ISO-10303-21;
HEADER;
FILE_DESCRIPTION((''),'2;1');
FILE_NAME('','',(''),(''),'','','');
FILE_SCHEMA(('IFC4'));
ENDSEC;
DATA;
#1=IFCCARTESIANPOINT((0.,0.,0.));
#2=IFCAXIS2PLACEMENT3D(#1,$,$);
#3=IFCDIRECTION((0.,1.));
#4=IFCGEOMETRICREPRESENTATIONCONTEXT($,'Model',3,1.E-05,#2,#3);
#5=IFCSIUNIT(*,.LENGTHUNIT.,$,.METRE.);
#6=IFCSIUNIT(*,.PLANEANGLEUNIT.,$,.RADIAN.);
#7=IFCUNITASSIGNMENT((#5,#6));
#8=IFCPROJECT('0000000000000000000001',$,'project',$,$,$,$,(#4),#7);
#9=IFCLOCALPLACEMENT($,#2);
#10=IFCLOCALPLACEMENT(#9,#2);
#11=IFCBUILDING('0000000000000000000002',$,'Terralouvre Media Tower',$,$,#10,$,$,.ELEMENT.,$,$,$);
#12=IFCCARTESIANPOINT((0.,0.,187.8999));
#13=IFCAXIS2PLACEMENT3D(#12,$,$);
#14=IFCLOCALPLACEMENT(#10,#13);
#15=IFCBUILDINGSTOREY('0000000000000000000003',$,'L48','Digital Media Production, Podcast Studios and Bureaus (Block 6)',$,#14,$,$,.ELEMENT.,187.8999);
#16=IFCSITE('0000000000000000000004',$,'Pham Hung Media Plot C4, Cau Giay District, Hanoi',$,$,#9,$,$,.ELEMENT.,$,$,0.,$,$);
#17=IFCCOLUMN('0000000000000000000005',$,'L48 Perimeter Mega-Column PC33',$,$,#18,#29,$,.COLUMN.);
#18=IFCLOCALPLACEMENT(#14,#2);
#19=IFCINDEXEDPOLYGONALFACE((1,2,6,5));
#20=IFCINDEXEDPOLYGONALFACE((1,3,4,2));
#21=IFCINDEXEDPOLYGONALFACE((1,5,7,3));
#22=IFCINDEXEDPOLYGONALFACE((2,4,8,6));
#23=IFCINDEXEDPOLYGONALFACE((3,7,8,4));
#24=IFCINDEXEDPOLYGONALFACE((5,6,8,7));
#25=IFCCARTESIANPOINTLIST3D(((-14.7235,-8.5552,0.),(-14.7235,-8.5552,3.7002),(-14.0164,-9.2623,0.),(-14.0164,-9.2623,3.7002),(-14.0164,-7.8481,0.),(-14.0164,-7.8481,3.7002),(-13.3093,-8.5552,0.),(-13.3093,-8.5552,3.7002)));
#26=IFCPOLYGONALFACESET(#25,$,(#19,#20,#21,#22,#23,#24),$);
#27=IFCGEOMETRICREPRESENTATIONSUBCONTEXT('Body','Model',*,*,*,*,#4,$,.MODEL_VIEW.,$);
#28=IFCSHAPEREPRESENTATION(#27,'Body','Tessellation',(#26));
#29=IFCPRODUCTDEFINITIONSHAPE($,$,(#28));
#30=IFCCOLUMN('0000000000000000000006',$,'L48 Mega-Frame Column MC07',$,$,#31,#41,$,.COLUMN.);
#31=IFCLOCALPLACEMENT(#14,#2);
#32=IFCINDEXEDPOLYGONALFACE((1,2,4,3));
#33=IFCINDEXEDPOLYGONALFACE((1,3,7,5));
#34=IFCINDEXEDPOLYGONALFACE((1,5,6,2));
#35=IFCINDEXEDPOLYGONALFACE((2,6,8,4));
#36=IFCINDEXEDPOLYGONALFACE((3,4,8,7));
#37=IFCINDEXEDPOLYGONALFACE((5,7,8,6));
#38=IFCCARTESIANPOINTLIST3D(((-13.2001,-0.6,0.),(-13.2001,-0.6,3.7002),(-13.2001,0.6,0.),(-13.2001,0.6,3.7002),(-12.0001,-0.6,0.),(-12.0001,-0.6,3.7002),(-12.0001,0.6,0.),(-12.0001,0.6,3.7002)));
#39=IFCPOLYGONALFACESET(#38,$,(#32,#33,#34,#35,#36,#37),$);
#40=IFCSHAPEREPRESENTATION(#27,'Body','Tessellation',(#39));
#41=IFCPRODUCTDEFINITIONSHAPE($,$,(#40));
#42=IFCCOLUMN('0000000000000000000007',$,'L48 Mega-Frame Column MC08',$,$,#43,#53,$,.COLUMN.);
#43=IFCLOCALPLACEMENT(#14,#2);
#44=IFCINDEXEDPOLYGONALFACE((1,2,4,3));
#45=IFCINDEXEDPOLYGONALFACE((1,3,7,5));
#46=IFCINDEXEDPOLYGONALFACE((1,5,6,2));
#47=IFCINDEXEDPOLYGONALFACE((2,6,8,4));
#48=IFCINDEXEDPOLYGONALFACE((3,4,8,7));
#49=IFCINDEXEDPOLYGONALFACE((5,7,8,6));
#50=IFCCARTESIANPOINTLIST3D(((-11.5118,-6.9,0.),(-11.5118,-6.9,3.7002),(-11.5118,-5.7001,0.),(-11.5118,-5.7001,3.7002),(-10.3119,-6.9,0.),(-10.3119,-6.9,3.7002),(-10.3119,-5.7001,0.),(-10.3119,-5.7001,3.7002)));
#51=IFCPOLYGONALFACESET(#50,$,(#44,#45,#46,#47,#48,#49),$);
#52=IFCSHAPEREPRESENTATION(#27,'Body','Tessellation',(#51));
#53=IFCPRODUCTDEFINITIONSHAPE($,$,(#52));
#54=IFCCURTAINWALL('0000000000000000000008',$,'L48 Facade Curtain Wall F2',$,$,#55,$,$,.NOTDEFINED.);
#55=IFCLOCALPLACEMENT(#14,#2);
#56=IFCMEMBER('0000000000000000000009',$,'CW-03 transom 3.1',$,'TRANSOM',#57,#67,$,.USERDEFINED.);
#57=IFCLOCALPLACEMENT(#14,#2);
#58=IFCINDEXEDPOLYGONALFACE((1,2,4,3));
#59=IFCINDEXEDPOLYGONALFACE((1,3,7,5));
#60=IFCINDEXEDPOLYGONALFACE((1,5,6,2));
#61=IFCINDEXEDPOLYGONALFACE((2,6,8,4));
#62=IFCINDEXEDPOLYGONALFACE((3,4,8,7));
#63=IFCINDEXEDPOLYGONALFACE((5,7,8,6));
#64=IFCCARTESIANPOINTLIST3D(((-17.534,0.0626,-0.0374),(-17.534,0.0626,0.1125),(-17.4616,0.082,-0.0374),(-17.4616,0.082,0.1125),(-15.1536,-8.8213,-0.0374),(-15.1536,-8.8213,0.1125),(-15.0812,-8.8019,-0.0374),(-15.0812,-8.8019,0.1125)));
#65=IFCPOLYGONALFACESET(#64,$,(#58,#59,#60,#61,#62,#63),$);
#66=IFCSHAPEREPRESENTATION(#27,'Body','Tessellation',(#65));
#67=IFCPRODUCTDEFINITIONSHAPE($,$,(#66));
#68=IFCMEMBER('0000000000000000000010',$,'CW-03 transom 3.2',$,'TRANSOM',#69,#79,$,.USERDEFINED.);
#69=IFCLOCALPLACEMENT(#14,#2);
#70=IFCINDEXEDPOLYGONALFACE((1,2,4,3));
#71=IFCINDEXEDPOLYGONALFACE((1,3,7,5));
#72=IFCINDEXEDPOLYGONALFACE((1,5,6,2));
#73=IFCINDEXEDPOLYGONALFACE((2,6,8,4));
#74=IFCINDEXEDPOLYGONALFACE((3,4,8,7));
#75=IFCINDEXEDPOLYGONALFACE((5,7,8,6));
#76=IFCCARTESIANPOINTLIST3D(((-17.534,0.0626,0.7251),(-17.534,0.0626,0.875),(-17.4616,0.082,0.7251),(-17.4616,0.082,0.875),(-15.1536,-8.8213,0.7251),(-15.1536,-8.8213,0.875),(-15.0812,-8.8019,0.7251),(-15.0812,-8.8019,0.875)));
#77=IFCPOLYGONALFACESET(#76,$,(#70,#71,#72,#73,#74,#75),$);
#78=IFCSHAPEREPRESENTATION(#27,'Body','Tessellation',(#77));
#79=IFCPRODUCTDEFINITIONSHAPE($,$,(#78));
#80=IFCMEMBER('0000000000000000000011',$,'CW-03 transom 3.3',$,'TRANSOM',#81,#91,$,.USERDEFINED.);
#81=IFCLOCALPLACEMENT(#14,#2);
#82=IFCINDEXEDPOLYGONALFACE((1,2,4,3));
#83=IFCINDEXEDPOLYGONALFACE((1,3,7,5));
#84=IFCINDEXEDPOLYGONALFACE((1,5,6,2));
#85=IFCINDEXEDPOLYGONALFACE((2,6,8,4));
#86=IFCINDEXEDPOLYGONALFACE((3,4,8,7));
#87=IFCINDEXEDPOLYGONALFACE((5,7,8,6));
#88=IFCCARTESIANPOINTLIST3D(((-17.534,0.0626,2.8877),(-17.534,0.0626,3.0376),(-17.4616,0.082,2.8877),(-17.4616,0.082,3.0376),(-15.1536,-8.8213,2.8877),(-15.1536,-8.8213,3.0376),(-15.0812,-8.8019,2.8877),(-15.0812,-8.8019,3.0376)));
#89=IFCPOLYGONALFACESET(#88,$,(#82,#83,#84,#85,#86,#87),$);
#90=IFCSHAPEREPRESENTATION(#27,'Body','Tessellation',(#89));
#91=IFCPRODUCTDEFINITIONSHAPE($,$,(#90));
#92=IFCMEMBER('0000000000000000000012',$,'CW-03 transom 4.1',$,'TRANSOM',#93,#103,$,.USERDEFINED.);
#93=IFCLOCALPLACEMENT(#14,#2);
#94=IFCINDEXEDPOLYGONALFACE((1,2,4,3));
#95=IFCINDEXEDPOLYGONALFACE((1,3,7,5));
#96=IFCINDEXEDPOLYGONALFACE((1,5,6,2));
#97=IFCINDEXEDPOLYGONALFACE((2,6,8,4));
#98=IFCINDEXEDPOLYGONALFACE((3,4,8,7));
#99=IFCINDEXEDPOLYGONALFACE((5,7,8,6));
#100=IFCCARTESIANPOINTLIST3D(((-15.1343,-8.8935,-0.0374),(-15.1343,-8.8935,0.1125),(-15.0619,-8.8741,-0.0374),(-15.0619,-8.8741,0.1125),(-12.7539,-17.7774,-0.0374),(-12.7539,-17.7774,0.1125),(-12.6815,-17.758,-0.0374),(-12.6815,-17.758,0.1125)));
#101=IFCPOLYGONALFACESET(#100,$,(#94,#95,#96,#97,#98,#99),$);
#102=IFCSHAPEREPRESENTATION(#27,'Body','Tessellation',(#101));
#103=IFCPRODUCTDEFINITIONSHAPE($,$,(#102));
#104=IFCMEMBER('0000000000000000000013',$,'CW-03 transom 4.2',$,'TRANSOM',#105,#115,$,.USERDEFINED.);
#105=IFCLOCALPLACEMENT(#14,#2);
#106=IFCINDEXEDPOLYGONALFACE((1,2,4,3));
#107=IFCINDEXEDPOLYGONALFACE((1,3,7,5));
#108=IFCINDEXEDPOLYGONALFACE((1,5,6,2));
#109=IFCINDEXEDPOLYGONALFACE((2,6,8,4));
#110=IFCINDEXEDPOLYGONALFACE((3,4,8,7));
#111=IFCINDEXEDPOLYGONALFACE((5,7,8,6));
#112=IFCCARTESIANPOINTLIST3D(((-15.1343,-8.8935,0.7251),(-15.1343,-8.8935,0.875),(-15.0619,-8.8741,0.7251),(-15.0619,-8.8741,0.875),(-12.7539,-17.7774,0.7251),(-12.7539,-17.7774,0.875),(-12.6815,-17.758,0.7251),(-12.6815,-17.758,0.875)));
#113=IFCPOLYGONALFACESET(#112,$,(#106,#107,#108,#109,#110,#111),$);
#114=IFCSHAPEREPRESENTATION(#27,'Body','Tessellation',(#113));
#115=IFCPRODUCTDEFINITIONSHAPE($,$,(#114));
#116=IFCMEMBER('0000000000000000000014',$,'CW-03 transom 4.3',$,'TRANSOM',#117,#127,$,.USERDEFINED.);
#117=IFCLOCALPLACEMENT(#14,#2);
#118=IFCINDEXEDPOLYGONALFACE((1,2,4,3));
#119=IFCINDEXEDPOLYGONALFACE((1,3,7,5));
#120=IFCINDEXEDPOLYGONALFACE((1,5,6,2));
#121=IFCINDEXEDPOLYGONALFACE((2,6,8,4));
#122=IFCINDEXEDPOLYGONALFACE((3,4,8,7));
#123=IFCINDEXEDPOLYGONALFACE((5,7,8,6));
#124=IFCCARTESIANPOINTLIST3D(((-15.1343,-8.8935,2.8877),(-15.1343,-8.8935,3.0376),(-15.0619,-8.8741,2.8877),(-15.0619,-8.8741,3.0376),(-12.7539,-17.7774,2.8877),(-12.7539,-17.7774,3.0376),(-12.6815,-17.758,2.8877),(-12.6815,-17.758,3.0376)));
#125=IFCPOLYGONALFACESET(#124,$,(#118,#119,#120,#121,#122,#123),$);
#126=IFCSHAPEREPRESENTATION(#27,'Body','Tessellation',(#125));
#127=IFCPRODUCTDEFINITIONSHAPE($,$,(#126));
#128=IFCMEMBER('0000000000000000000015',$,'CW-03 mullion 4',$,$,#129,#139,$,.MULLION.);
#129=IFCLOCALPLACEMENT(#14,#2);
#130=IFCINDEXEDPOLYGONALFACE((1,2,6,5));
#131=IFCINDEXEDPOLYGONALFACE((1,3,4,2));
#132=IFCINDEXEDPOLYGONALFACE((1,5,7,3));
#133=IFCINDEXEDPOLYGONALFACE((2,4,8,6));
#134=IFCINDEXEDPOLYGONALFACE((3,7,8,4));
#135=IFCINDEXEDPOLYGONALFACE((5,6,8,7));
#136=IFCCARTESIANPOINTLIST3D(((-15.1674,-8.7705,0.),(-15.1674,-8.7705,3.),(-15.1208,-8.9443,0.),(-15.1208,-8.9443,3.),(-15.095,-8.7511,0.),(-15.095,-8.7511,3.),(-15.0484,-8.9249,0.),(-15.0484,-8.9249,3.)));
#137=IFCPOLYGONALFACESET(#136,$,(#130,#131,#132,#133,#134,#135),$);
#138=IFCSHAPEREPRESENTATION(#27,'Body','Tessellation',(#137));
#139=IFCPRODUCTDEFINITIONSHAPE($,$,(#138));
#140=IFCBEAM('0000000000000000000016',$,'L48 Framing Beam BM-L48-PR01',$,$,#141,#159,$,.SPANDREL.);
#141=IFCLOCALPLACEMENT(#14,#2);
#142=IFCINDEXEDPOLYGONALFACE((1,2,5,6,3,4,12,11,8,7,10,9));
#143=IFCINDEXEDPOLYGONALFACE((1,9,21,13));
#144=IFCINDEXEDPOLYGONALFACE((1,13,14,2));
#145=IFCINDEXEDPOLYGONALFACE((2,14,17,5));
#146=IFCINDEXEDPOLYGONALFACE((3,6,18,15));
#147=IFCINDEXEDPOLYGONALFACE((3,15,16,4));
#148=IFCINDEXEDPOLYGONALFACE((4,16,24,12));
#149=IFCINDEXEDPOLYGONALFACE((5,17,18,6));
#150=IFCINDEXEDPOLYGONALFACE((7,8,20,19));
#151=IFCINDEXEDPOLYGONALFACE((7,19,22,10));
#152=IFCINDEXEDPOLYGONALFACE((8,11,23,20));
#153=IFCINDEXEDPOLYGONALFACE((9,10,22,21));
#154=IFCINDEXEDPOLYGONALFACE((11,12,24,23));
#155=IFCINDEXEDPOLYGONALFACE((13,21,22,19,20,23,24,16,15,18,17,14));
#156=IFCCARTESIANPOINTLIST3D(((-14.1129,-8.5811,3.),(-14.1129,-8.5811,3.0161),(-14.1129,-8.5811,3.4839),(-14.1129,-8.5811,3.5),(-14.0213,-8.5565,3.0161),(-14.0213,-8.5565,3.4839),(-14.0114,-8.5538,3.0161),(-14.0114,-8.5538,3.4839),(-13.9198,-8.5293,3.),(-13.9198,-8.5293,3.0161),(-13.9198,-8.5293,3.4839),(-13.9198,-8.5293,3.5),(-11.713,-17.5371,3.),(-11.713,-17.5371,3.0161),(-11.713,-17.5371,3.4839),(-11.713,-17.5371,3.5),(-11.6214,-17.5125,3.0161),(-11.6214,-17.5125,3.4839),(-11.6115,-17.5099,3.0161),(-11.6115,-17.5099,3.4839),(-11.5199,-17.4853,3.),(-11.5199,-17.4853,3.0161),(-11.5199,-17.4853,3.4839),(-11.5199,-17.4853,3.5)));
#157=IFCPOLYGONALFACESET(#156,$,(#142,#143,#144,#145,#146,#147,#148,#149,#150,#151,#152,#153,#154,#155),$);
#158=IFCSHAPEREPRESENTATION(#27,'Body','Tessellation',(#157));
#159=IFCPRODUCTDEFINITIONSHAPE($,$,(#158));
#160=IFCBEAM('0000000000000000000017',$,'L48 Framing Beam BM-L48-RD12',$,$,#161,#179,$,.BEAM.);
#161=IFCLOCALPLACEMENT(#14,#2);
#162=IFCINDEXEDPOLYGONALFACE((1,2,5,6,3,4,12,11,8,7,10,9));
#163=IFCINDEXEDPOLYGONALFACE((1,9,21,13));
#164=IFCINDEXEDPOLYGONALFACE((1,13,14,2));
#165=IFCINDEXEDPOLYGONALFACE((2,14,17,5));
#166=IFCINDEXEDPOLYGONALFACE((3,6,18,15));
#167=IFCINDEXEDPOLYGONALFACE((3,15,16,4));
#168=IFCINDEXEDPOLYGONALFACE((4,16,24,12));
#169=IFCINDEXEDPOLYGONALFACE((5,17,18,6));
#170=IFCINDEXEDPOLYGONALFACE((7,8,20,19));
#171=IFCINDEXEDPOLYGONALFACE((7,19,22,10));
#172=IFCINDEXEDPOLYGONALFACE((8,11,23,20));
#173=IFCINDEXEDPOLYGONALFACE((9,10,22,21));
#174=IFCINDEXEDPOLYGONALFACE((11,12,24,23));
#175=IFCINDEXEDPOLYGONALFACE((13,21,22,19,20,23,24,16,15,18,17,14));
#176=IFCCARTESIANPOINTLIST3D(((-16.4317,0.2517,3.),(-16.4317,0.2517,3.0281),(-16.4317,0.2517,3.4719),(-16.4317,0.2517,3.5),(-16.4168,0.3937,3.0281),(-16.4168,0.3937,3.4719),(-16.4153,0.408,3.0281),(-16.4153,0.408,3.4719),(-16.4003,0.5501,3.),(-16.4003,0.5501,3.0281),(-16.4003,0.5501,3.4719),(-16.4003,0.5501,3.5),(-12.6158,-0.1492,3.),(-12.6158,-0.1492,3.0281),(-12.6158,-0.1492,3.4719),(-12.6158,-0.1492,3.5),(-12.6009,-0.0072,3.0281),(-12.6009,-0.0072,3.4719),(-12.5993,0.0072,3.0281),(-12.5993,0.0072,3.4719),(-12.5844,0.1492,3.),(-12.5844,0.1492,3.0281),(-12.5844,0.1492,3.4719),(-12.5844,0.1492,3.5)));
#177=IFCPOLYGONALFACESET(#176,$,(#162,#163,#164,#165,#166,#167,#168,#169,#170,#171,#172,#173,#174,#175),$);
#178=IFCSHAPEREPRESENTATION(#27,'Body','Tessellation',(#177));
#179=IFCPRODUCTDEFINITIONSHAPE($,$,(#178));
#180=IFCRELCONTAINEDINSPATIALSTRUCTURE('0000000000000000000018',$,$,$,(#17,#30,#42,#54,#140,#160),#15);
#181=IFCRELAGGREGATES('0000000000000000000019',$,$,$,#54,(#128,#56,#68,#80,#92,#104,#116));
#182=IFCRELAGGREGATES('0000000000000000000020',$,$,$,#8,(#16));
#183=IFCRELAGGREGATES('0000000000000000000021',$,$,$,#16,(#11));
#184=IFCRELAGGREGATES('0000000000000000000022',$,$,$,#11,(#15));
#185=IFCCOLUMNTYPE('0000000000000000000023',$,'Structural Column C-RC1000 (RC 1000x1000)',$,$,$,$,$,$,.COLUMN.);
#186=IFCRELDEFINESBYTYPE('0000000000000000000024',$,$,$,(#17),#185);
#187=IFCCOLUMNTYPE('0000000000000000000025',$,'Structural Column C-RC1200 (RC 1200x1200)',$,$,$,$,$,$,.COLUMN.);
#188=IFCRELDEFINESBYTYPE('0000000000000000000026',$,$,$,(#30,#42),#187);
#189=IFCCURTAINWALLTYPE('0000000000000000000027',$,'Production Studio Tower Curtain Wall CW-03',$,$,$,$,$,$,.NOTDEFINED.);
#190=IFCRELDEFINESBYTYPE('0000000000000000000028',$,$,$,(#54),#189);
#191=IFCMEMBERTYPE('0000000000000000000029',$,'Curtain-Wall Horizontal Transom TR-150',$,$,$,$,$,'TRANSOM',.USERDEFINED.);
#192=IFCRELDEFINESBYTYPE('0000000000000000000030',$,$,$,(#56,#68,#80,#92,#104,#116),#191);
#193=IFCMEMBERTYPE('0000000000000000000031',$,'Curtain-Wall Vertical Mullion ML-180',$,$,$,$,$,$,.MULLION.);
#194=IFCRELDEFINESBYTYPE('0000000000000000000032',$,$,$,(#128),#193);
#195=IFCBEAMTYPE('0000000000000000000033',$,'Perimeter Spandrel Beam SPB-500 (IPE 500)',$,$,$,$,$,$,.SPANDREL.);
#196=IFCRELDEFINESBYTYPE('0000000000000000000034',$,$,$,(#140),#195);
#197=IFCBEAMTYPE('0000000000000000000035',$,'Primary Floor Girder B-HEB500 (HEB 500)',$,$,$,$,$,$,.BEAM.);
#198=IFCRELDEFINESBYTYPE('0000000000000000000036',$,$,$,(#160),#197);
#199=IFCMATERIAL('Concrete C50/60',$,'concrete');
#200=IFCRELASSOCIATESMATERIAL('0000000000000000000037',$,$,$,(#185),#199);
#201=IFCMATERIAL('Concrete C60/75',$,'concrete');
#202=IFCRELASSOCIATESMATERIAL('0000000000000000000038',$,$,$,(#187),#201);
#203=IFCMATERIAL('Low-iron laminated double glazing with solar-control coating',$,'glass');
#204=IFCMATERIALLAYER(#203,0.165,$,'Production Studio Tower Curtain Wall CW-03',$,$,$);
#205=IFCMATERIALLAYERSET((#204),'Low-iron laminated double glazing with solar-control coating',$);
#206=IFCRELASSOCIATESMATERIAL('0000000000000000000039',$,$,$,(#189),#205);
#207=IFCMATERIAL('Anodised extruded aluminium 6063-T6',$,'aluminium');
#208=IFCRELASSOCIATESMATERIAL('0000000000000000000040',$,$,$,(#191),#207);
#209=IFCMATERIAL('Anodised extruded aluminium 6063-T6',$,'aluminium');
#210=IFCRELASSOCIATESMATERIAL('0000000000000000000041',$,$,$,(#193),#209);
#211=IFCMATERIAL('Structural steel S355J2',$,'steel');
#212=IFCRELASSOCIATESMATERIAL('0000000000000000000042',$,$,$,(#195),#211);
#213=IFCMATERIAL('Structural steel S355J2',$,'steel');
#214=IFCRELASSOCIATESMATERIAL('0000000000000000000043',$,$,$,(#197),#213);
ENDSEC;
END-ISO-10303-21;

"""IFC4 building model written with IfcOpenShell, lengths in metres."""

from ifc_helpers import new_model, si_unit, direction, frame, origin, origin_2d, place, context, subcontext, project, spatial, rectangle, i_section, extrude, material, layer, layer_set, material_profile, profile_set, type_object, element, aggregate, save


model = new_model("IFC4")

# Units and contexts
model_context = context("Model", 3, precision=1e-05, world=origin(), true_north=direction((0.0, 1.0)))
body_context = subcontext(model_context, "Body", "Model", "MODEL_VIEW")
ifc_project = project(units=[si_unit("LENGTHUNIT", "METRE"), si_unit("PLANEANGLEUNIT", "RADIAN")], contexts=[model_context])

# Site, building, storey
site_placement = place(None, origin())
site = spatial("IfcSite", under=ifc_project, at=site_placement, Name="Pham Hung Media Plot C4, Cau Giay District, Hanoi", CompositionType="ELEMENT", RefElevation=0.0)
building_placement = place(site_placement, origin())
building = spatial("IfcBuilding", under=site, at=building_placement, Name="Terralouvre Media Tower", CompositionType="ELEMENT")
storey_placement = place(building_placement, frame((0.0, 0.0, 187.8999)))
storey = spatial("IfcBuildingStorey", under=building, at=storey_placement, Name="L48", Description="Digital Media Production, Podcast Studios and Bureaus (Block 6)", CompositionType="ELEMENT", Elevation=187.8999)

# Columns
ifc_material_1 = material(Name="Concrete C50/60", Category="concrete")
ifc_material_profile_1 = material_profile(ifc_material_1, rectangle(XDim=1.0, YDim=1.0, at=origin_2d()), Name="RC 1000x1000")
ifc_profile_set_1 = profile_set([ifc_material_profile_1], Name="Concrete C50/60")
column_type_1 = type_object("IfcColumnType", Name="Structural Column C-RC1000 (RC 1000x1000)", PredefinedType="COLUMN", material=ifc_profile_set_1)
column_placement = place(storey_placement, frame((-14.0164, -8.5552, 0.0), z_axis=(0.0, 0.0, 1.0), x_axis=(0.707107, 0.707107, 0.0)))
element("IfcColumn", 1, at=column_placement, inside=storey, type_object=column_type_1, Name="L48 Perimeter Mega-Column PC33", PredefinedType="COLUMN", context=body_context, shape_type="SweptSolid", body=[
    extrude(rectangle(XDim=1.0, YDim=1.0, at=origin_2d()), origin(), (0.0, 0.0, 1.0), 3.7002),
])
ifc_material_2 = material(Name="Concrete C60/75", Category="concrete")
ifc_material_profile_2 = material_profile(ifc_material_2, rectangle(XDim=1.2, YDim=1.2, at=origin_2d()), Name="RC 1200x1200")
ifc_profile_set_2 = profile_set([ifc_material_profile_2], Name="Concrete C60/75")
column_type_2 = type_object("IfcColumnType", Name="Structural Column C-RC1200 (RC 1200x1200)", PredefinedType="COLUMN", material=ifc_profile_set_2)
for number, where, z_axis, x_axis, name in (
    (2, (-12.6001, 0.0, 0.0), (0.0, 0.0, 1.0), (1.0, 0.0, 0.0), "L48 Mega-Frame Column MC07"),
    (3, (-10.9119, -6.3, 0.0), (0.0, 0.0, 1.0), (1.0, 0.0, 0.0), "L48 Mega-Frame Column MC08"),
):
    element("IfcColumn", number, at=place(storey_placement, frame(where, z_axis=z_axis, x_axis=x_axis)), inside=storey, type_object=column_type_2, Name=name, PredefinedType="COLUMN", context=body_context, shape_type="SweptSolid", body=[
        extrude(rectangle(XDim=1.2, YDim=1.2, at=origin_2d()), origin(), (0.0, 0.0, 1.0), 3.7002),
    ])

# Curtain wall, members
ifc_material_3 = material(Name="Low-iron laminated double glazing with solar-control coating", Category="glass")
ifc_layer_1 = layer(ifc_material_3, 0.165, Name="Production Studio Tower Curtain Wall CW-03")
ifc_layer_set_1 = layer_set([ifc_layer_1], Name="Low-iron laminated double glazing with solar-control coating")
curtain_wall_type = type_object("IfcCurtainWallType", Name="Production Studio Tower Curtain Wall CW-03", PredefinedType="NOTDEFINED", material=ifc_layer_set_1)
curtain_wall_placement = place(storey_placement, origin())
curtain_wall = element("IfcCurtainWall", 4, at=curtain_wall_placement, inside=storey, type_object=curtain_wall_type, Name="L48 Facade Curtain Wall F2", PredefinedType="NOTDEFINED")
ifc_material_4 = material(Name="Anodised extruded aluminium 6063-T6", Category="aluminium")
ifc_material_profile_3 = material_profile(ifc_material_4, rectangle(XDim=0.075, YDim=0.1499, at=origin_2d()), Name="ALU 75x150")
ifc_profile_set_3 = profile_set([ifc_material_profile_3], Name="Anodised extruded aluminium 6063-T6")
member_type_1 = type_object("IfcMemberType", Name="Curtain-Wall Horizontal Transom TR-150", ElementType="TRANSOM", PredefinedType="USERDEFINED", material=ifc_profile_set_3)
member_1_placement = place(storey_placement, frame((-17.4978, 0.0723, 0.0376), z_axis=(0.258816, -0.965927, 0.0), x_axis=(0.965927, 0.258816, 0.0)))
member_1 = element("IfcMember", 5, at=member_1_placement, type_object=member_type_1, Name="CW-03 transom 3.1", ObjectType="TRANSOM", PredefinedType="USERDEFINED", context=body_context, shape_type="SweptSolid", body=[
    extrude(rectangle(XDim=0.075, YDim=0.1499, at=origin_2d()), origin(), (0.0, 0.0, 1.0), 9.1973),
])
member_2_placement = place(storey_placement, frame((-17.4978, 0.0723, 0.8), z_axis=(0.258816, -0.965927, 0.0), x_axis=(0.965927, 0.258816, 0.0)))
member_2 = element("IfcMember", 6, at=member_2_placement, type_object=member_type_1, Name="CW-03 transom 3.2", ObjectType="TRANSOM", PredefinedType="USERDEFINED", context=body_context, shape_type="SweptSolid", body=[
    extrude(rectangle(XDim=0.075, YDim=0.1499, at=origin_2d()), origin(), (0.0, 0.0, 1.0), 9.1973),
])
member_3_placement = place(storey_placement, frame((-17.4978, 0.0723, 2.9626), z_axis=(0.258816, -0.965927, 0.0), x_axis=(0.965927, 0.258816, 0.0)))
member_3 = element("IfcMember", 7, at=member_3_placement, type_object=member_type_1, Name="CW-03 transom 3.3", ObjectType="TRANSOM", PredefinedType="USERDEFINED", context=body_context, shape_type="SweptSolid", body=[
    extrude(rectangle(XDim=0.075, YDim=0.1499, at=origin_2d()), origin(), (0.0, 0.0, 1.0), 9.1973),
])
member_4_placement = place(storey_placement, frame((-15.0981, -8.8838, 0.0376), z_axis=(0.258816, -0.965927, 0.0), x_axis=(0.965927, 0.258816, 0.0)))
member_4 = element("IfcMember", 8, at=member_4_placement, type_object=member_type_1, Name="CW-03 transom 4.1", ObjectType="TRANSOM", PredefinedType="USERDEFINED", context=body_context, shape_type="SweptSolid", body=[
    extrude(rectangle(XDim=0.075, YDim=0.1499, at=origin_2d()), origin(), (0.0, 0.0, 1.0), 9.1973),
])
member_5_placement = place(storey_placement, frame((-15.0981, -8.8838, 0.8), z_axis=(0.258816, -0.965927, 0.0), x_axis=(0.965927, 0.258816, 0.0)))
member_5 = element("IfcMember", 9, at=member_5_placement, type_object=member_type_1, Name="CW-03 transom 4.2", ObjectType="TRANSOM", PredefinedType="USERDEFINED", context=body_context, shape_type="SweptSolid", body=[
    extrude(rectangle(XDim=0.075, YDim=0.1499, at=origin_2d()), origin(), (0.0, 0.0, 1.0), 9.1973),
])
member_6_placement = place(storey_placement, frame((-15.0981, -8.8838, 2.9626), z_axis=(0.258816, -0.965927, 0.0), x_axis=(0.965927, 0.258816, 0.0)))
member_6 = element("IfcMember", 10, at=member_6_placement, type_object=member_type_1, Name="CW-03 transom 4.3", ObjectType="TRANSOM", PredefinedType="USERDEFINED", context=body_context, shape_type="SweptSolid", body=[
    extrude(rectangle(XDim=0.075, YDim=0.1499, at=origin_2d()), origin(), (0.0, 0.0, 1.0), 9.1973),
])
ifc_material_5 = material(Name="Anodised extruded aluminium 6063-T6", Category="aluminium")
ifc_material_profile_4 = material_profile(ifc_material_5, rectangle(XDim=0.075, YDim=0.1799, at=origin_2d()), Name="ALU 75x180")
ifc_profile_set_4 = profile_set([ifc_material_profile_4], Name="Anodised extruded aluminium 6063-T6")
member_type_2 = type_object("IfcMemberType", Name="Curtain-Wall Vertical Mullion ML-180", PredefinedType="MULLION", material=ifc_profile_set_4)
member_7_placement = place(storey_placement, frame((-15.1079, -8.8477, 0.0), z_axis=(0.0, 0.0, 1.0), x_axis=(0.965926, 0.258819, 0.0)))
member_7 = element("IfcMember", 11, at=member_7_placement, type_object=member_type_2, Name="CW-03 mullion 4", PredefinedType="MULLION", context=body_context, shape_type="SweptSolid", body=[
    extrude(rectangle(XDim=0.075, YDim=0.1799, at=origin_2d()), origin(), (0.0, 0.0, 1.0), 3.0),
])

# Beams
ifc_material_6 = material(Name="Structural steel S355J2", Category="steel")
ifc_material_profile_5 = material_profile(ifc_material_6, i_section(OverallWidth=0.2, OverallDepth=0.5, WebThickness=0.0103, FlangeThickness=0.0161, at=origin_2d()), Name="IPE 500")
ifc_profile_set_5 = profile_set([ifc_material_profile_5], Name="Structural steel S355J2")
beam_type_1 = type_object("IfcBeamType", Name="Perimeter Spandrel Beam SPB-500 (IPE 500)", PredefinedType="SPANDREL", material=ifc_profile_set_5)
beam_1_placement = place(storey_placement, frame((-14.0164, -8.5552, 3.25), z_axis=(0.258833, -0.965922, 0.0), x_axis=(0.965922, 0.258833, 0.0)))
element("IfcBeam", 12, at=beam_1_placement, inside=storey, type_object=beam_type_1, Name="L48 Framing Beam BM-L48-PR01", PredefinedType="SPANDREL", context=body_context, shape_type="SweptSolid", body=[
    extrude(i_section(OverallWidth=0.2, OverallDepth=0.5, WebThickness=0.0103, FlangeThickness=0.0161, at=origin_2d()), origin(), (0.0, 0.0, 1.0), 9.272),
])
ifc_material_7 = material(Name="Structural steel S355J2", Category="steel")
ifc_material_profile_6 = material_profile(ifc_material_7, i_section(OverallWidth=0.3, OverallDepth=0.5, WebThickness=0.0144, FlangeThickness=0.0281, at=origin_2d()), Name="HEB 500")
ifc_profile_set_6 = profile_set([ifc_material_profile_6], Name="Structural steel S355J2")
beam_type_2 = type_object("IfcBeamType", Name="Primary Floor Girder B-HEB500 (HEB 500)", PredefinedType="BEAM", material=ifc_profile_set_6)
beam_2_placement = place(storey_placement, frame((-12.6001, 0.0, 3.25), z_axis=(-0.994527, 0.104479, 0.0), x_axis=(-0.104479, -0.994527, 0.0)))
element("IfcBeam", 13, at=beam_2_placement, inside=storey, type_object=beam_type_2, Name="L48 Framing Beam BM-L48-RD12", PredefinedType="BEAM", context=body_context, shape_type="SweptSolid", body=[
    extrude(i_section(OverallWidth=0.3, OverallDepth=0.5, WebThickness=0.0144, FlangeThickness=0.0281, at=origin_2d()), origin(), (0.0, 0.0, 1.0), 3.8369),
])

aggregate(curtain_wall, [member_7, member_1, member_2, member_3, member_4, member_5, member_6])

save(model, "model.ifc")
